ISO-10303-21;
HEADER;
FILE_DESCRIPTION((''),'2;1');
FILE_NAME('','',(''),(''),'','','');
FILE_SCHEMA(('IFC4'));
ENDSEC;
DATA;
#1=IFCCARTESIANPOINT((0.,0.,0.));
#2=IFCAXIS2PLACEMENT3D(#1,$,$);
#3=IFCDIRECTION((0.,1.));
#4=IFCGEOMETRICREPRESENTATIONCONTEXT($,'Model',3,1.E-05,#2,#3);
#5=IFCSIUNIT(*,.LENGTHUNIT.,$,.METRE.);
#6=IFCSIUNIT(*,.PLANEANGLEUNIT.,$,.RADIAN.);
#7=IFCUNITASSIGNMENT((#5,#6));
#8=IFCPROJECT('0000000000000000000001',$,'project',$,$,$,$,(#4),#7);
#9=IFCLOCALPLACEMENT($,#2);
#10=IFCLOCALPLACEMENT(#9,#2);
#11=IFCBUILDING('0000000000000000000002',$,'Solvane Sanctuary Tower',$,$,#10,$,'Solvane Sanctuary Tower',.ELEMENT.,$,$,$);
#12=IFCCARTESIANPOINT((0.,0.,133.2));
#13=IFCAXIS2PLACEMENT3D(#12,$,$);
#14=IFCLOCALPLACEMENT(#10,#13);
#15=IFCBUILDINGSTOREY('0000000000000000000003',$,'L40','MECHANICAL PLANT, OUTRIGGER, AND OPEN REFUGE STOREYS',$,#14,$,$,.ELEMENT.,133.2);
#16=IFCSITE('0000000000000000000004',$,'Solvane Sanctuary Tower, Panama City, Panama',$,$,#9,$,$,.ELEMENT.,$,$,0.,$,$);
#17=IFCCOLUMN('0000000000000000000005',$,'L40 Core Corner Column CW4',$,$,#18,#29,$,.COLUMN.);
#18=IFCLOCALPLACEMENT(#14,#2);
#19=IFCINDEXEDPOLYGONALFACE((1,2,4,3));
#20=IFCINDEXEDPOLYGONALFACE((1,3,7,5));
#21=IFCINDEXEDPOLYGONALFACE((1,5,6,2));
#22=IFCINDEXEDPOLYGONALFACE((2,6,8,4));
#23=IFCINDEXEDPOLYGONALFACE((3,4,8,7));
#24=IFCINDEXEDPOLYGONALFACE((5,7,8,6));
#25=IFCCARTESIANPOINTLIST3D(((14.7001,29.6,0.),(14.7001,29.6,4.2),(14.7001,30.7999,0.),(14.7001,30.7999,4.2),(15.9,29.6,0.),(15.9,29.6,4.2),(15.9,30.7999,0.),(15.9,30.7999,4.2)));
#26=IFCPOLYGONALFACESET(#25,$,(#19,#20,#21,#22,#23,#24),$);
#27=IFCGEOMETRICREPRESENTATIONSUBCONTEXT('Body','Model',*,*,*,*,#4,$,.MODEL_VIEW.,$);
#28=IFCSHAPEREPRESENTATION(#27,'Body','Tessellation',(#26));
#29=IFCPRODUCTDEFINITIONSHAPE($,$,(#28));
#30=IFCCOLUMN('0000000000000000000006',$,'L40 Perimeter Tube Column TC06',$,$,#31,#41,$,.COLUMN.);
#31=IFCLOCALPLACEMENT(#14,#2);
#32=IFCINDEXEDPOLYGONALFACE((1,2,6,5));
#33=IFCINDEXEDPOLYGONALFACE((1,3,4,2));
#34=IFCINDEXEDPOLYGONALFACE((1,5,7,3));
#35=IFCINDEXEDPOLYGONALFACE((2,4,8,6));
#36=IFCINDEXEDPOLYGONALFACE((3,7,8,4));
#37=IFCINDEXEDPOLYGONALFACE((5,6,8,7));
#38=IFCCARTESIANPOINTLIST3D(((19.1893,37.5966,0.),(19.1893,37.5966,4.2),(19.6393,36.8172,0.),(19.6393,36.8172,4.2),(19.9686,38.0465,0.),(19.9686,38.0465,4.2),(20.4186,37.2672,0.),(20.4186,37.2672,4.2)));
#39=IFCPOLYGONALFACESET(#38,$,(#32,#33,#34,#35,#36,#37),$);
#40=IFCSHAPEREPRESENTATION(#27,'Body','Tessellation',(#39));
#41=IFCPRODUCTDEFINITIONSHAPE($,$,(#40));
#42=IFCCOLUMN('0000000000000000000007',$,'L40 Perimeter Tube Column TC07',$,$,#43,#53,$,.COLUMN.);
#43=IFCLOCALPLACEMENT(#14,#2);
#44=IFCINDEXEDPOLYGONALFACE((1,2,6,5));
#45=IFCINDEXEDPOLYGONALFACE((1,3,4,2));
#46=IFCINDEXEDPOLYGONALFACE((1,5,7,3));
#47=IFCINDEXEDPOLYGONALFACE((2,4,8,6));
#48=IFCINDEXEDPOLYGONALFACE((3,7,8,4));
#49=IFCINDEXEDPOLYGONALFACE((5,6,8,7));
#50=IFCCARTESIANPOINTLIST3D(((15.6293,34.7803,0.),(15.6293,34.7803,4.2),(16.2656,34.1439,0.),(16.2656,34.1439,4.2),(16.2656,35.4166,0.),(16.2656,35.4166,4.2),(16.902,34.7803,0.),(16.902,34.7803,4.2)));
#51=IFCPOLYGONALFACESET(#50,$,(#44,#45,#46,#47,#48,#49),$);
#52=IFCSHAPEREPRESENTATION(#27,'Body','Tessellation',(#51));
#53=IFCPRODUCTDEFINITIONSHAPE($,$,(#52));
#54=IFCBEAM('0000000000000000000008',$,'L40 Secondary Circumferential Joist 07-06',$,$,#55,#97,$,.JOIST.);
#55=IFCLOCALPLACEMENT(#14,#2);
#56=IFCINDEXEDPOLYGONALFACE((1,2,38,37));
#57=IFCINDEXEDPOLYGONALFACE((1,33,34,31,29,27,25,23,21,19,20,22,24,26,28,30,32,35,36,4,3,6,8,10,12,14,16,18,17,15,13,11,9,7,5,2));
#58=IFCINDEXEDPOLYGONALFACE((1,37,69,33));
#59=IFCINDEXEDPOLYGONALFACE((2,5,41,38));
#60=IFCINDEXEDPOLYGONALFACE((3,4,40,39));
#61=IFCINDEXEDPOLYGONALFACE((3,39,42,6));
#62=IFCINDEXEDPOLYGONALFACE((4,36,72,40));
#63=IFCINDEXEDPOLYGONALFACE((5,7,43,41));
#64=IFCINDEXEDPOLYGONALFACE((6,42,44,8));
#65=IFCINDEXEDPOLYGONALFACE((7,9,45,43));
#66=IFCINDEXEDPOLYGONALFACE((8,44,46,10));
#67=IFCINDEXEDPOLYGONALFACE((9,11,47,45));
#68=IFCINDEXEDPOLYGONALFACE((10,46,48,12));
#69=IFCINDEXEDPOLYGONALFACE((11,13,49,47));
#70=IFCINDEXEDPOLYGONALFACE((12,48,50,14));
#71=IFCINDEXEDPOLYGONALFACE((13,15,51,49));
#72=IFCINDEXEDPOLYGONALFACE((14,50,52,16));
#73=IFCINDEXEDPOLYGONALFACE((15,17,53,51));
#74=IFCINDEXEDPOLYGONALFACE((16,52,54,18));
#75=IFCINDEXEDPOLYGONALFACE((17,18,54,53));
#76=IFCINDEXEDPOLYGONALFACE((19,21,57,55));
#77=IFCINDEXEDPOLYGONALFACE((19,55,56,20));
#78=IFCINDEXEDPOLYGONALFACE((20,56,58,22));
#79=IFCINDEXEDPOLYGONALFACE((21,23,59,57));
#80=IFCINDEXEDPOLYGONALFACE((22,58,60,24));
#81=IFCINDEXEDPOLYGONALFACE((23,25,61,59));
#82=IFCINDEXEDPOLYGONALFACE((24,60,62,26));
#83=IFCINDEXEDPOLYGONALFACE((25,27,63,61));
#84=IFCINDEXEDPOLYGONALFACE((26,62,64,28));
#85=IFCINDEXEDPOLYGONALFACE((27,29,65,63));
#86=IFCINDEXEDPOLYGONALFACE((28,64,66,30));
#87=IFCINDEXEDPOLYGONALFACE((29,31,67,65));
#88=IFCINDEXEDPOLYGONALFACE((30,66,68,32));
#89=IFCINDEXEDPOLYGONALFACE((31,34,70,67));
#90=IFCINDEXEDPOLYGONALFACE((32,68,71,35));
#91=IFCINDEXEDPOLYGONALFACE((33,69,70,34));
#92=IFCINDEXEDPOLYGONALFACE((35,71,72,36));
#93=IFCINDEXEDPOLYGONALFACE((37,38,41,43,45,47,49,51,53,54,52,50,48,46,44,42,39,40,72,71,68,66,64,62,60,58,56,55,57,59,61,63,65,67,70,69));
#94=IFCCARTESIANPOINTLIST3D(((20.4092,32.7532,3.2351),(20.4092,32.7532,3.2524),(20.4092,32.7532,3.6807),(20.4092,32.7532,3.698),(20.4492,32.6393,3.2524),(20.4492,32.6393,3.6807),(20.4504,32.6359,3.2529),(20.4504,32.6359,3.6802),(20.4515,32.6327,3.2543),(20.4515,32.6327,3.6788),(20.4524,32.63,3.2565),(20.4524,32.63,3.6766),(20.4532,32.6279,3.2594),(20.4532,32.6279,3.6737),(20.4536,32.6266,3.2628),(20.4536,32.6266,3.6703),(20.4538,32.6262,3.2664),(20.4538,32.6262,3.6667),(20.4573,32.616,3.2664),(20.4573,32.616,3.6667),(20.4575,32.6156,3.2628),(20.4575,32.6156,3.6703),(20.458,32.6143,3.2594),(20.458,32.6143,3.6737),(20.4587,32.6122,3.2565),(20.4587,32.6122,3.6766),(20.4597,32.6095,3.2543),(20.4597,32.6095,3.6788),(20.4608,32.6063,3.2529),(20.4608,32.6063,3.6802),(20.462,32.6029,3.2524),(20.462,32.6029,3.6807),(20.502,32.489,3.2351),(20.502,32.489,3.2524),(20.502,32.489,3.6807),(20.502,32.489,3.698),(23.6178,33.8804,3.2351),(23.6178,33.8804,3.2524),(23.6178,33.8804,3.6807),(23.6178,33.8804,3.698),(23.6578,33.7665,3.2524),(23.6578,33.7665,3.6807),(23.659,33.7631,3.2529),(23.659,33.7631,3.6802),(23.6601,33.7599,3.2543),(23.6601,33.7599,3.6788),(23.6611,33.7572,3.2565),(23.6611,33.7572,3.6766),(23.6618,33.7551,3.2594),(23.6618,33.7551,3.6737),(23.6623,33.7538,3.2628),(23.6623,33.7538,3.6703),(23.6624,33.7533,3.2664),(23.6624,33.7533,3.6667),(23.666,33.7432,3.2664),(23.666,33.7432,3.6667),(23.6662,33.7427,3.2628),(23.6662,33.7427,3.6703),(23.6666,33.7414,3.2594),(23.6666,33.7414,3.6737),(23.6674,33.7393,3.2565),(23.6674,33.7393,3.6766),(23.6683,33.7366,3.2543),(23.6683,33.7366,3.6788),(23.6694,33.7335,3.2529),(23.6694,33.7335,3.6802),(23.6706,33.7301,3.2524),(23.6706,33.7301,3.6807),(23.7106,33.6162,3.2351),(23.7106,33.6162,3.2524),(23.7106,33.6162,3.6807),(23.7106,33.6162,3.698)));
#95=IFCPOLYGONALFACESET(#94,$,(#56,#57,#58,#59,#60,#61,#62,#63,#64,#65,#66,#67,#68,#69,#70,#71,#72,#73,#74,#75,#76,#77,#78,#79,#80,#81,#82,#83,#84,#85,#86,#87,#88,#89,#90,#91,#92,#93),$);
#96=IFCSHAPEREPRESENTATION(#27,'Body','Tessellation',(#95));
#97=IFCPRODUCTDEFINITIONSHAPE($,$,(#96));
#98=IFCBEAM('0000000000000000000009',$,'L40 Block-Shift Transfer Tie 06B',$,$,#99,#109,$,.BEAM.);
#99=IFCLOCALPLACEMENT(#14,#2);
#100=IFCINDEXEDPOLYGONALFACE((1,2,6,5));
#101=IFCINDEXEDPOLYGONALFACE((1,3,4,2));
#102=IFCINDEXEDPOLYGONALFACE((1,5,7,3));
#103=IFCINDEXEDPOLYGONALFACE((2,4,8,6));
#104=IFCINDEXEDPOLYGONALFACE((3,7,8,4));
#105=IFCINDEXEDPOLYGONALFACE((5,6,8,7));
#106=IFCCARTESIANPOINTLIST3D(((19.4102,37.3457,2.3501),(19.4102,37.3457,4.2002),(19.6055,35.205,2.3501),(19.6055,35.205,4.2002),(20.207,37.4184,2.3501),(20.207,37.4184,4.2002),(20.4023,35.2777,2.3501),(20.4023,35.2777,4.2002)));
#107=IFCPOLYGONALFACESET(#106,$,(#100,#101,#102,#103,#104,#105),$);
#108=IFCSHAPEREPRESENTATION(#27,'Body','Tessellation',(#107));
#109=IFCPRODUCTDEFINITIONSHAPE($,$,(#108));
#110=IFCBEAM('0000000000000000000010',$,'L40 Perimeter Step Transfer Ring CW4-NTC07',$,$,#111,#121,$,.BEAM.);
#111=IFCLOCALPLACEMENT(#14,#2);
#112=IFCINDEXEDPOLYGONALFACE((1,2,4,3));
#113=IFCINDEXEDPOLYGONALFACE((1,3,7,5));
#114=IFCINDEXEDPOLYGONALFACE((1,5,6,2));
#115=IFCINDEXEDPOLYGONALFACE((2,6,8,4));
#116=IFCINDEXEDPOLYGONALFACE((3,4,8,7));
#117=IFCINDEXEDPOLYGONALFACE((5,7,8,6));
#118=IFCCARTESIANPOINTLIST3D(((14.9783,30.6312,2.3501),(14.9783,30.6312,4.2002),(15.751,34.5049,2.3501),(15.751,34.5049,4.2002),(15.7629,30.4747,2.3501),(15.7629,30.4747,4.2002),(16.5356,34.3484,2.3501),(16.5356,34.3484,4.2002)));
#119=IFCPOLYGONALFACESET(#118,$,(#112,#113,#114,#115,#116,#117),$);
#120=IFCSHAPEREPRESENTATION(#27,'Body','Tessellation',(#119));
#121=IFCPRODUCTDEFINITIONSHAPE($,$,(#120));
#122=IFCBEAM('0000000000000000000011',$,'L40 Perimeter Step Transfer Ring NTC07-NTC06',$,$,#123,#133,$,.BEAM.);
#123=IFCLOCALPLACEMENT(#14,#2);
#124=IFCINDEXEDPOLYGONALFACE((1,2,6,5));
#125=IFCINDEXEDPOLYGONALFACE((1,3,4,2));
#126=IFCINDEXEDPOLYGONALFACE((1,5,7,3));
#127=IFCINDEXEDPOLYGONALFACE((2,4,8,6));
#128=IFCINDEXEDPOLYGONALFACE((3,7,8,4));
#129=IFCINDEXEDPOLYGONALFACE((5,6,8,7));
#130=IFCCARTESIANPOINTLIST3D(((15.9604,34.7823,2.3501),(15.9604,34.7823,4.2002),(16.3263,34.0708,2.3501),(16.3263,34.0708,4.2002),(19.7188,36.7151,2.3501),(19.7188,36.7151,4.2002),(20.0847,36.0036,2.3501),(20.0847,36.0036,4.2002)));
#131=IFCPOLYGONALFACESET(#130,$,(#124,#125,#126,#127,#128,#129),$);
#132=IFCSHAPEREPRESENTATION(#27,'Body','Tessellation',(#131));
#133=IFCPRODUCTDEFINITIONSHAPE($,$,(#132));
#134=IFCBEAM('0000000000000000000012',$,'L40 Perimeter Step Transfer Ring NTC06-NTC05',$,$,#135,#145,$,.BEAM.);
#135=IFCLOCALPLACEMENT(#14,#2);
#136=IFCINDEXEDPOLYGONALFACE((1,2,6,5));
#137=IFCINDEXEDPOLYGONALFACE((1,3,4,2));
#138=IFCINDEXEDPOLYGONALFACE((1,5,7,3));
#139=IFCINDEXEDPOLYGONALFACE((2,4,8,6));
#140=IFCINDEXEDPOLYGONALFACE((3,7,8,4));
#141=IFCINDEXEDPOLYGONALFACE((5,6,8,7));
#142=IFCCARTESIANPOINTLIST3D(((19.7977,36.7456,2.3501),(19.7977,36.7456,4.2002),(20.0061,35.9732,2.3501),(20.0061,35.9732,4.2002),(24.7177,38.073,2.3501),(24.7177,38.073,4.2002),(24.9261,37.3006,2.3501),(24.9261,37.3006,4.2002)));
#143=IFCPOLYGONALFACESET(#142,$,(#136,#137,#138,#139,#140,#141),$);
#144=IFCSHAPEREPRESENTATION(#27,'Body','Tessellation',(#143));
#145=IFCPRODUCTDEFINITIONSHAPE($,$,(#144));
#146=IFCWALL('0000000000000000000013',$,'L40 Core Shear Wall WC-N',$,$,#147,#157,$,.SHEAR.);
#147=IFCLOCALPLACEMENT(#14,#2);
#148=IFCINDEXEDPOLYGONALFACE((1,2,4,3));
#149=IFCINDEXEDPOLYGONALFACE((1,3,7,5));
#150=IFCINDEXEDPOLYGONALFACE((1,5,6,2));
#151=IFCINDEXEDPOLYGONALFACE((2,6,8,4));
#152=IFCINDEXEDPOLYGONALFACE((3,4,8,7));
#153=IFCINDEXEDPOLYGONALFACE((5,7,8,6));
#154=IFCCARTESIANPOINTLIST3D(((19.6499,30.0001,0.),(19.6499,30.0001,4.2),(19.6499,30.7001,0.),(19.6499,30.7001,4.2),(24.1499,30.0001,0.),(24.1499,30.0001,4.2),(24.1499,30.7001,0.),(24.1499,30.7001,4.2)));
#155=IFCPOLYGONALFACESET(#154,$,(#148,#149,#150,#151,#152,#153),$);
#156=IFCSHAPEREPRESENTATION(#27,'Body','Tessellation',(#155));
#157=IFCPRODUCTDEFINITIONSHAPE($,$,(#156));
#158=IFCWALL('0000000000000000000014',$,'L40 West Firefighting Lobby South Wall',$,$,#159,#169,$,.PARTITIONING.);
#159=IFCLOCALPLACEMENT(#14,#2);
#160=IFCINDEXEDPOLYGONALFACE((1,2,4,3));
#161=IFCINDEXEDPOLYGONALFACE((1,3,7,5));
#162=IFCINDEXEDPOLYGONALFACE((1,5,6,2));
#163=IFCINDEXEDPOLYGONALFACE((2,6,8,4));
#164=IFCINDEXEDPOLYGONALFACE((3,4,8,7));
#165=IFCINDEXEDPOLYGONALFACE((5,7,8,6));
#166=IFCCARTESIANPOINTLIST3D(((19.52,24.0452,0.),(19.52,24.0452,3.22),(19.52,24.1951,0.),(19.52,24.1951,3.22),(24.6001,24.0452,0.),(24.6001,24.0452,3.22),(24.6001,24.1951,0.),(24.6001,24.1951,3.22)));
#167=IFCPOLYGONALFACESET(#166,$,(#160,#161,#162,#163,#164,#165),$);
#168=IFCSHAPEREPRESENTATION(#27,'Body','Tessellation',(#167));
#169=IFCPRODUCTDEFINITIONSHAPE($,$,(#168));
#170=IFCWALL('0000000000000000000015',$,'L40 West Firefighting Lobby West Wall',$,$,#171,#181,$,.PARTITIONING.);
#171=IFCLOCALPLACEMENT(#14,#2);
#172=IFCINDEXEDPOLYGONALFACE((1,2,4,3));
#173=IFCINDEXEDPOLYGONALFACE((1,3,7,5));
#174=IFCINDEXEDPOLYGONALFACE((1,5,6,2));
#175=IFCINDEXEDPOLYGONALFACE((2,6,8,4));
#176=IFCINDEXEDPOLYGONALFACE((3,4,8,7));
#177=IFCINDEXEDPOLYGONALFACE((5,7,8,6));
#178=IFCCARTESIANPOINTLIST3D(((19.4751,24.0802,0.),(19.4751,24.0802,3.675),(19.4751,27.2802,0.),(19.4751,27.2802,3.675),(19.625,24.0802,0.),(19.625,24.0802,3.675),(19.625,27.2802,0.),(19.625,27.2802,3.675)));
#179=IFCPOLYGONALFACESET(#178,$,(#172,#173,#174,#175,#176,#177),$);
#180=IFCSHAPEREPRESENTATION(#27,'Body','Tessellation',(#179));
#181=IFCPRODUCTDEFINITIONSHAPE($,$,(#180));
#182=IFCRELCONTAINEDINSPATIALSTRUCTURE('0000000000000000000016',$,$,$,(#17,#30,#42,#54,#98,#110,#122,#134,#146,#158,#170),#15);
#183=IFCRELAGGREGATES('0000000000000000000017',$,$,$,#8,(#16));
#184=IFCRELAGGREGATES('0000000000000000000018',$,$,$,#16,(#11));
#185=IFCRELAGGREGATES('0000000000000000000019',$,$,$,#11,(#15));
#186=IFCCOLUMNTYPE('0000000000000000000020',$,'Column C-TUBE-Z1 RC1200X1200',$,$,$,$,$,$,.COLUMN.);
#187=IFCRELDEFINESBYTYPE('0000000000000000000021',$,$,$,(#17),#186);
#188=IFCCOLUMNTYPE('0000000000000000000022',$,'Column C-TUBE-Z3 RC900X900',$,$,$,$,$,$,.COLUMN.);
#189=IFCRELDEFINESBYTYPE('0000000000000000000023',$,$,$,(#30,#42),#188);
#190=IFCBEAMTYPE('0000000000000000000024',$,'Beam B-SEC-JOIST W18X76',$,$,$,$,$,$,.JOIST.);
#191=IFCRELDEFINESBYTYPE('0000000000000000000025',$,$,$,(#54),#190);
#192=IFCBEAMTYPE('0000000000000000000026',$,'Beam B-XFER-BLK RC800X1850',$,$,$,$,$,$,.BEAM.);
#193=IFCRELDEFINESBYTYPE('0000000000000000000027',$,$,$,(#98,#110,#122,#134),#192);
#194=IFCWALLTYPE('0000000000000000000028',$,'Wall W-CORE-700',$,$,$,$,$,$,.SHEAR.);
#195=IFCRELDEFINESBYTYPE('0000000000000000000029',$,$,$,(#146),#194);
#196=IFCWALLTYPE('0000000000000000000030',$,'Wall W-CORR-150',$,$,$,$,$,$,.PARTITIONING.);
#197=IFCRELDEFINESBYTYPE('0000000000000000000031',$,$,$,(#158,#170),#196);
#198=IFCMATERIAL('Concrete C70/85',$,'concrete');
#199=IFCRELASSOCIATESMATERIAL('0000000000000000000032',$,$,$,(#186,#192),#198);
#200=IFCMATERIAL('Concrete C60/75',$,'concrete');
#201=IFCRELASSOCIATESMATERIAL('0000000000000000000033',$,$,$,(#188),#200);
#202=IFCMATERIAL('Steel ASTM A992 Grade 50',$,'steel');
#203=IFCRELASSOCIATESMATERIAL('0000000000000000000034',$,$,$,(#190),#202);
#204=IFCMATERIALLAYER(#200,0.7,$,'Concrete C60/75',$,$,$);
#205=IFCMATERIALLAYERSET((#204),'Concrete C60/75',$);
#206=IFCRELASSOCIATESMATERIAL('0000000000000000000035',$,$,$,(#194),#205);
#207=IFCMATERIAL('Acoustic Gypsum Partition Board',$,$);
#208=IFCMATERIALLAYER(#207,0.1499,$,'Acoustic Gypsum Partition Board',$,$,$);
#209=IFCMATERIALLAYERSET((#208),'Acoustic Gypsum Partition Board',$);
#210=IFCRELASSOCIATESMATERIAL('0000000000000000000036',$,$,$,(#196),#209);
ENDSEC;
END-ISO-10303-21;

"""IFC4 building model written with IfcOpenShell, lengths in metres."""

from ifc_helpers import new_model, si_unit, direction, frame, frame_2d, origin, origin_2d, place, context, subcontext, project, spatial, rectangle, i_section, extrude, material, layer, layer_set, material_profile, profile_set, type_object, element, save


model = new_model("IFC4")

# Units and contexts
model_context = context("Model", 3, precision=1e-05, world=origin(), true_north=direction((0.0, 1.0)))
body_context = subcontext(model_context, "Body", "Model", "MODEL_VIEW")
ifc_project = project(units=[si_unit("LENGTHUNIT", "METRE"), si_unit("PLANEANGLEUNIT", "RADIAN")], contexts=[model_context])

# Site, building, storey
site_placement = place(None, origin())
site = spatial("IfcSite", under=ifc_project, at=site_placement, Name="Solvane Sanctuary Tower, Panama City, Panama", CompositionType="ELEMENT", RefElevation=0.0)
building_placement = place(site_placement, origin())
building = spatial("IfcBuilding", under=site, at=building_placement, Name="Solvane Sanctuary Tower", LongName="Solvane Sanctuary Tower", CompositionType="ELEMENT")
storey_placement = place(building_placement, frame((0.0, 0.0, 133.2)))
storey = spatial("IfcBuildingStorey", under=building, at=storey_placement, Name="L40", Description="MECHANICAL PLANT, OUTRIGGER, AND OPEN REFUGE STOREYS", CompositionType="ELEMENT", Elevation=133.2)

# Columns
ifc_material_1 = material(Name="Concrete C70/85", Category="concrete")
ifc_material_profile_1 = material_profile(ifc_material_1, rectangle(XDim=1.2, YDim=1.2, at=origin_2d()), Name="RC1200X1200")
ifc_profile_set_1 = profile_set([ifc_material_profile_1], Name="Concrete C70/85")
column_type_1 = type_object("IfcColumnType", Name="Column C-TUBE-Z1 RC1200X1200", PredefinedType="COLUMN", material=ifc_profile_set_1)
column_placement = place(storey_placement, frame((15.3, 30.2, 0.0), z_axis=(0.0, 0.0, 1.0), x_axis=(1.0, 0.0, 0.0)))
element("IfcColumn", 1, at=column_placement, inside=storey, type_object=column_type_1, Name="L40 Core Corner Column CW4", PredefinedType="COLUMN", context=body_context, shape_type="SweptSolid", body=[
    extrude(rectangle(XDim=1.2, YDim=1.2, at=origin_2d()), origin(), (0.0, 0.0, 1.0), 4.2),
])
ifc_material_2 = material(Name="Concrete C60/75", Category="concrete")
ifc_material_profile_2 = material_profile(ifc_material_2, rectangle(XDim=0.8999, YDim=0.8999, at=origin_2d()), Name="RC900X900")
ifc_profile_set_2 = profile_set([ifc_material_profile_2], Name="Concrete C60/75")
column_type_2 = type_object("IfcColumnType", Name="Column C-TUBE-Z3 RC900X900", PredefinedType="COLUMN", material=ifc_profile_set_2)
for number, where, z_axis, x_axis, name in (
    (2, (19.804, 37.4319, 0.0), (0.0, 0.0, 1.0), (-0.5, 0.866025, 0.0), "L40 Perimeter Tube Column TC06"),
    (3, (16.2656, 34.7803, 0.0), (0.0, 0.0, 1.0), (-0.707107, 0.707107, 0.0), "L40 Perimeter Tube Column TC07"),
):
    element("IfcColumn", number, at=place(storey_placement, frame(where, z_axis=z_axis, x_axis=x_axis)), inside=storey, type_object=column_type_2, Name=name, PredefinedType="COLUMN", context=body_context, shape_type="SweptSolid", body=[
        extrude(rectangle(XDim=0.8999, YDim=0.8999, at=origin_2d()), origin(), (0.0, 0.0, 1.0), 4.2),
    ])

# Beams
ifc_material_3 = material(Name="Steel ASTM A992 Grade 50", Category="steel")
ifc_material_profile_3 = material_profile(ifc_material_3, i_section(OverallWidth=0.28, OverallDepth=0.4629, WebThickness=0.0107, FlangeThickness=0.0173, FilletRadius=0.0139, at=origin_2d()), Name="W18X76")
ifc_profile_set_3 = profile_set([ifc_material_profile_3], Name="Steel ASTM A992 Grade 50")
beam_type_1 = type_object("IfcBeamType", Name="Beam B-SEC-JOIST W18X76", PredefinedType="JOIST", material=ifc_profile_set_3)
beam_1_placement = place(storey_placement, frame((20.4556, 32.6211, 3.4666), z_axis=(0.943478, 0.331434, 0.0), x_axis=(-0.331434, 0.943478, 0.0)))
element("IfcBeam", 4, at=beam_1_placement, inside=storey, type_object=beam_type_1, Name="L40 Secondary Circumferential Joist 07-06", PredefinedType="JOIST", context=body_context, shape_type="SweptSolid", body=[
    extrude(i_section(OverallWidth=0.28, OverallDepth=0.4629, WebThickness=0.0107, FlangeThickness=0.0173, FilletRadius=0.0139, at=origin_2d()), origin(), (0.0, 0.0, 1.0), 3.4009),
])
ifc_material_profile_4 = material_profile(ifc_material_1, rectangle(XDim=0.8, YDim=1.8501, at=origin_2d()), Name="RC800X1850")
ifc_profile_set_4 = profile_set([ifc_material_profile_4], Name="Concrete C70/85")
beam_type_2 = type_object("IfcBeamType", Name="Beam B-XFER-BLK RC800X1850", PredefinedType="BEAM", material=ifc_profile_set_4)
beam_2_placement = place(storey_placement, frame((19.8086, 37.3821, 3.2751), z_axis=(0.090853, -0.995864, 0.0), x_axis=(0.995864, 0.090853, 0.0)))
element("IfcBeam", 5, at=beam_2_placement, inside=storey, type_object=beam_type_2, Name="L40 Block-Shift Transfer Tie 06B", PredefinedType="BEAM", context=body_context, shape_type="SweptSolid", body=[
    extrude(rectangle(XDim=0.8, YDim=1.8501, at=origin_2d()), origin(), (0.0, 0.0, 1.0), 2.1497),
])
beam_3_placement = place(storey_placement, frame((15.3706, 30.553, 3.2751), z_axis=(0.195629, 0.980678, 0.0), x_axis=(-0.980678, 0.195629, 0.0)))
element("IfcBeam", 6, at=beam_3_placement, inside=storey, type_object=beam_type_2, Name="L40 Perimeter Step Transfer Ring CW4-NTC07", PredefinedType="BEAM", context=body_context, shape_type="SweptSolid", body=[
    extrude(rectangle(XDim=0.8, YDim=1.8501, at=origin_2d()), origin(), (0.0, 0.0, 1.0), 3.95),
])
beam_4_placement = place(storey_placement, frame((16.1433, 34.4265, 3.2751), z_axis=(0.889298, 0.457328, 0.0), x_axis=(-0.457328, 0.889298, 0.0)))
element("IfcBeam", 7, at=beam_4_placement, inside=storey, type_object=beam_type_2, Name="L40 Perimeter Step Transfer Ring NTC07-NTC06", PredefinedType="BEAM", context=body_context, shape_type="SweptSolid", body=[
    extrude(rectangle(XDim=0.8, YDim=1.8501, at=origin_2d()), origin(), (0.0, 0.0, 1.0), 4.2263),
])
beam_5_placement = place(storey_placement, frame((19.9019, 36.3594, 3.2751), z_axis=(0.965478, 0.260485, 0.0), x_axis=(-0.260485, 0.965478, 0.0)))
element("IfcBeam", 8, at=beam_5_placement, inside=storey, type_object=beam_type_2, Name="L40 Perimeter Step Transfer Ring NTC06-NTC05", PredefinedType="BEAM", context=body_context, shape_type="SweptSolid", body=[
    extrude(rectangle(XDim=0.8, YDim=1.8501, at=origin_2d()), origin(), (0.0, 0.0, 1.0), 5.0959),
])

# Walls
ifc_layer_1 = layer(ifc_material_2, 0.7, Name="Concrete C60/75")
ifc_layer_set_1 = layer_set([ifc_layer_1], Name="Concrete C60/75")
wall_type_1 = type_object("IfcWallType", Name="Wall W-CORE-700", PredefinedType="SHEAR", material=ifc_layer_set_1)
wall_1_placement = place(storey_placement, frame((19.6499, 30.3501, 0.0), z_axis=(0.0, 0.0, 1.0), x_axis=(1.0, 0.0, 0.0)))
element("IfcWall", 9, at=wall_1_placement, inside=storey, type_object=wall_type_1, Name="L40 Core Shear Wall WC-N", PredefinedType="SHEAR", context=body_context, shape_type="SweptSolid", body=[
    extrude(rectangle(XDim=4.5, YDim=0.7, at=frame_2d((2.25, 0.0))), origin(), (0.0, 0.0, 1.0), 4.2),
])
ifc_material_4 = material(Name="Acoustic Gypsum Partition Board")
ifc_layer_2 = layer(ifc_material_4, 0.1499, Name="Acoustic Gypsum Partition Board")
ifc_layer_set_2 = layer_set([ifc_layer_2], Name="Acoustic Gypsum Partition Board")
wall_type_2 = type_object("IfcWallType", Name="Wall W-CORR-150", PredefinedType="PARTITIONING", material=ifc_layer_set_2)
wall_2_placement = place(storey_placement, frame((19.52, 24.1201, 0.0), z_axis=(0.0, 0.0, 1.0), x_axis=(1.0, 0.0, 0.0)))
element("IfcWall", 10, at=wall_2_placement, inside=storey, type_object=wall_type_2, Name="L40 West Firefighting Lobby South Wall", PredefinedType="PARTITIONING", context=body_context, shape_type="SweptSolid", body=[
    extrude(rectangle(XDim=5.0801, YDim=0.1499, at=frame_2d((2.54, 0.0))), origin(), (0.0, 0.0, 1.0), 3.22),
])
wall_3_placement = place(storey_placement, frame((19.55, 24.0801, 0.0), z_axis=(0.0, 0.0, 1.0), x_axis=(0.0, 1.0, 0.0)))
element("IfcWall", 11, at=wall_3_placement, inside=storey, type_object=wall_type_2, Name="L40 West Firefighting Lobby West Wall", PredefinedType="PARTITIONING", context=body_context, shape_type="SweptSolid", body=[
    extrude(rectangle(XDim=3.2, YDim=0.1499, at=frame_2d((1.6001, 0.0))), origin(), (0.0, 0.0, 1.0), 3.675),
])

save(model, "model.ifc")
